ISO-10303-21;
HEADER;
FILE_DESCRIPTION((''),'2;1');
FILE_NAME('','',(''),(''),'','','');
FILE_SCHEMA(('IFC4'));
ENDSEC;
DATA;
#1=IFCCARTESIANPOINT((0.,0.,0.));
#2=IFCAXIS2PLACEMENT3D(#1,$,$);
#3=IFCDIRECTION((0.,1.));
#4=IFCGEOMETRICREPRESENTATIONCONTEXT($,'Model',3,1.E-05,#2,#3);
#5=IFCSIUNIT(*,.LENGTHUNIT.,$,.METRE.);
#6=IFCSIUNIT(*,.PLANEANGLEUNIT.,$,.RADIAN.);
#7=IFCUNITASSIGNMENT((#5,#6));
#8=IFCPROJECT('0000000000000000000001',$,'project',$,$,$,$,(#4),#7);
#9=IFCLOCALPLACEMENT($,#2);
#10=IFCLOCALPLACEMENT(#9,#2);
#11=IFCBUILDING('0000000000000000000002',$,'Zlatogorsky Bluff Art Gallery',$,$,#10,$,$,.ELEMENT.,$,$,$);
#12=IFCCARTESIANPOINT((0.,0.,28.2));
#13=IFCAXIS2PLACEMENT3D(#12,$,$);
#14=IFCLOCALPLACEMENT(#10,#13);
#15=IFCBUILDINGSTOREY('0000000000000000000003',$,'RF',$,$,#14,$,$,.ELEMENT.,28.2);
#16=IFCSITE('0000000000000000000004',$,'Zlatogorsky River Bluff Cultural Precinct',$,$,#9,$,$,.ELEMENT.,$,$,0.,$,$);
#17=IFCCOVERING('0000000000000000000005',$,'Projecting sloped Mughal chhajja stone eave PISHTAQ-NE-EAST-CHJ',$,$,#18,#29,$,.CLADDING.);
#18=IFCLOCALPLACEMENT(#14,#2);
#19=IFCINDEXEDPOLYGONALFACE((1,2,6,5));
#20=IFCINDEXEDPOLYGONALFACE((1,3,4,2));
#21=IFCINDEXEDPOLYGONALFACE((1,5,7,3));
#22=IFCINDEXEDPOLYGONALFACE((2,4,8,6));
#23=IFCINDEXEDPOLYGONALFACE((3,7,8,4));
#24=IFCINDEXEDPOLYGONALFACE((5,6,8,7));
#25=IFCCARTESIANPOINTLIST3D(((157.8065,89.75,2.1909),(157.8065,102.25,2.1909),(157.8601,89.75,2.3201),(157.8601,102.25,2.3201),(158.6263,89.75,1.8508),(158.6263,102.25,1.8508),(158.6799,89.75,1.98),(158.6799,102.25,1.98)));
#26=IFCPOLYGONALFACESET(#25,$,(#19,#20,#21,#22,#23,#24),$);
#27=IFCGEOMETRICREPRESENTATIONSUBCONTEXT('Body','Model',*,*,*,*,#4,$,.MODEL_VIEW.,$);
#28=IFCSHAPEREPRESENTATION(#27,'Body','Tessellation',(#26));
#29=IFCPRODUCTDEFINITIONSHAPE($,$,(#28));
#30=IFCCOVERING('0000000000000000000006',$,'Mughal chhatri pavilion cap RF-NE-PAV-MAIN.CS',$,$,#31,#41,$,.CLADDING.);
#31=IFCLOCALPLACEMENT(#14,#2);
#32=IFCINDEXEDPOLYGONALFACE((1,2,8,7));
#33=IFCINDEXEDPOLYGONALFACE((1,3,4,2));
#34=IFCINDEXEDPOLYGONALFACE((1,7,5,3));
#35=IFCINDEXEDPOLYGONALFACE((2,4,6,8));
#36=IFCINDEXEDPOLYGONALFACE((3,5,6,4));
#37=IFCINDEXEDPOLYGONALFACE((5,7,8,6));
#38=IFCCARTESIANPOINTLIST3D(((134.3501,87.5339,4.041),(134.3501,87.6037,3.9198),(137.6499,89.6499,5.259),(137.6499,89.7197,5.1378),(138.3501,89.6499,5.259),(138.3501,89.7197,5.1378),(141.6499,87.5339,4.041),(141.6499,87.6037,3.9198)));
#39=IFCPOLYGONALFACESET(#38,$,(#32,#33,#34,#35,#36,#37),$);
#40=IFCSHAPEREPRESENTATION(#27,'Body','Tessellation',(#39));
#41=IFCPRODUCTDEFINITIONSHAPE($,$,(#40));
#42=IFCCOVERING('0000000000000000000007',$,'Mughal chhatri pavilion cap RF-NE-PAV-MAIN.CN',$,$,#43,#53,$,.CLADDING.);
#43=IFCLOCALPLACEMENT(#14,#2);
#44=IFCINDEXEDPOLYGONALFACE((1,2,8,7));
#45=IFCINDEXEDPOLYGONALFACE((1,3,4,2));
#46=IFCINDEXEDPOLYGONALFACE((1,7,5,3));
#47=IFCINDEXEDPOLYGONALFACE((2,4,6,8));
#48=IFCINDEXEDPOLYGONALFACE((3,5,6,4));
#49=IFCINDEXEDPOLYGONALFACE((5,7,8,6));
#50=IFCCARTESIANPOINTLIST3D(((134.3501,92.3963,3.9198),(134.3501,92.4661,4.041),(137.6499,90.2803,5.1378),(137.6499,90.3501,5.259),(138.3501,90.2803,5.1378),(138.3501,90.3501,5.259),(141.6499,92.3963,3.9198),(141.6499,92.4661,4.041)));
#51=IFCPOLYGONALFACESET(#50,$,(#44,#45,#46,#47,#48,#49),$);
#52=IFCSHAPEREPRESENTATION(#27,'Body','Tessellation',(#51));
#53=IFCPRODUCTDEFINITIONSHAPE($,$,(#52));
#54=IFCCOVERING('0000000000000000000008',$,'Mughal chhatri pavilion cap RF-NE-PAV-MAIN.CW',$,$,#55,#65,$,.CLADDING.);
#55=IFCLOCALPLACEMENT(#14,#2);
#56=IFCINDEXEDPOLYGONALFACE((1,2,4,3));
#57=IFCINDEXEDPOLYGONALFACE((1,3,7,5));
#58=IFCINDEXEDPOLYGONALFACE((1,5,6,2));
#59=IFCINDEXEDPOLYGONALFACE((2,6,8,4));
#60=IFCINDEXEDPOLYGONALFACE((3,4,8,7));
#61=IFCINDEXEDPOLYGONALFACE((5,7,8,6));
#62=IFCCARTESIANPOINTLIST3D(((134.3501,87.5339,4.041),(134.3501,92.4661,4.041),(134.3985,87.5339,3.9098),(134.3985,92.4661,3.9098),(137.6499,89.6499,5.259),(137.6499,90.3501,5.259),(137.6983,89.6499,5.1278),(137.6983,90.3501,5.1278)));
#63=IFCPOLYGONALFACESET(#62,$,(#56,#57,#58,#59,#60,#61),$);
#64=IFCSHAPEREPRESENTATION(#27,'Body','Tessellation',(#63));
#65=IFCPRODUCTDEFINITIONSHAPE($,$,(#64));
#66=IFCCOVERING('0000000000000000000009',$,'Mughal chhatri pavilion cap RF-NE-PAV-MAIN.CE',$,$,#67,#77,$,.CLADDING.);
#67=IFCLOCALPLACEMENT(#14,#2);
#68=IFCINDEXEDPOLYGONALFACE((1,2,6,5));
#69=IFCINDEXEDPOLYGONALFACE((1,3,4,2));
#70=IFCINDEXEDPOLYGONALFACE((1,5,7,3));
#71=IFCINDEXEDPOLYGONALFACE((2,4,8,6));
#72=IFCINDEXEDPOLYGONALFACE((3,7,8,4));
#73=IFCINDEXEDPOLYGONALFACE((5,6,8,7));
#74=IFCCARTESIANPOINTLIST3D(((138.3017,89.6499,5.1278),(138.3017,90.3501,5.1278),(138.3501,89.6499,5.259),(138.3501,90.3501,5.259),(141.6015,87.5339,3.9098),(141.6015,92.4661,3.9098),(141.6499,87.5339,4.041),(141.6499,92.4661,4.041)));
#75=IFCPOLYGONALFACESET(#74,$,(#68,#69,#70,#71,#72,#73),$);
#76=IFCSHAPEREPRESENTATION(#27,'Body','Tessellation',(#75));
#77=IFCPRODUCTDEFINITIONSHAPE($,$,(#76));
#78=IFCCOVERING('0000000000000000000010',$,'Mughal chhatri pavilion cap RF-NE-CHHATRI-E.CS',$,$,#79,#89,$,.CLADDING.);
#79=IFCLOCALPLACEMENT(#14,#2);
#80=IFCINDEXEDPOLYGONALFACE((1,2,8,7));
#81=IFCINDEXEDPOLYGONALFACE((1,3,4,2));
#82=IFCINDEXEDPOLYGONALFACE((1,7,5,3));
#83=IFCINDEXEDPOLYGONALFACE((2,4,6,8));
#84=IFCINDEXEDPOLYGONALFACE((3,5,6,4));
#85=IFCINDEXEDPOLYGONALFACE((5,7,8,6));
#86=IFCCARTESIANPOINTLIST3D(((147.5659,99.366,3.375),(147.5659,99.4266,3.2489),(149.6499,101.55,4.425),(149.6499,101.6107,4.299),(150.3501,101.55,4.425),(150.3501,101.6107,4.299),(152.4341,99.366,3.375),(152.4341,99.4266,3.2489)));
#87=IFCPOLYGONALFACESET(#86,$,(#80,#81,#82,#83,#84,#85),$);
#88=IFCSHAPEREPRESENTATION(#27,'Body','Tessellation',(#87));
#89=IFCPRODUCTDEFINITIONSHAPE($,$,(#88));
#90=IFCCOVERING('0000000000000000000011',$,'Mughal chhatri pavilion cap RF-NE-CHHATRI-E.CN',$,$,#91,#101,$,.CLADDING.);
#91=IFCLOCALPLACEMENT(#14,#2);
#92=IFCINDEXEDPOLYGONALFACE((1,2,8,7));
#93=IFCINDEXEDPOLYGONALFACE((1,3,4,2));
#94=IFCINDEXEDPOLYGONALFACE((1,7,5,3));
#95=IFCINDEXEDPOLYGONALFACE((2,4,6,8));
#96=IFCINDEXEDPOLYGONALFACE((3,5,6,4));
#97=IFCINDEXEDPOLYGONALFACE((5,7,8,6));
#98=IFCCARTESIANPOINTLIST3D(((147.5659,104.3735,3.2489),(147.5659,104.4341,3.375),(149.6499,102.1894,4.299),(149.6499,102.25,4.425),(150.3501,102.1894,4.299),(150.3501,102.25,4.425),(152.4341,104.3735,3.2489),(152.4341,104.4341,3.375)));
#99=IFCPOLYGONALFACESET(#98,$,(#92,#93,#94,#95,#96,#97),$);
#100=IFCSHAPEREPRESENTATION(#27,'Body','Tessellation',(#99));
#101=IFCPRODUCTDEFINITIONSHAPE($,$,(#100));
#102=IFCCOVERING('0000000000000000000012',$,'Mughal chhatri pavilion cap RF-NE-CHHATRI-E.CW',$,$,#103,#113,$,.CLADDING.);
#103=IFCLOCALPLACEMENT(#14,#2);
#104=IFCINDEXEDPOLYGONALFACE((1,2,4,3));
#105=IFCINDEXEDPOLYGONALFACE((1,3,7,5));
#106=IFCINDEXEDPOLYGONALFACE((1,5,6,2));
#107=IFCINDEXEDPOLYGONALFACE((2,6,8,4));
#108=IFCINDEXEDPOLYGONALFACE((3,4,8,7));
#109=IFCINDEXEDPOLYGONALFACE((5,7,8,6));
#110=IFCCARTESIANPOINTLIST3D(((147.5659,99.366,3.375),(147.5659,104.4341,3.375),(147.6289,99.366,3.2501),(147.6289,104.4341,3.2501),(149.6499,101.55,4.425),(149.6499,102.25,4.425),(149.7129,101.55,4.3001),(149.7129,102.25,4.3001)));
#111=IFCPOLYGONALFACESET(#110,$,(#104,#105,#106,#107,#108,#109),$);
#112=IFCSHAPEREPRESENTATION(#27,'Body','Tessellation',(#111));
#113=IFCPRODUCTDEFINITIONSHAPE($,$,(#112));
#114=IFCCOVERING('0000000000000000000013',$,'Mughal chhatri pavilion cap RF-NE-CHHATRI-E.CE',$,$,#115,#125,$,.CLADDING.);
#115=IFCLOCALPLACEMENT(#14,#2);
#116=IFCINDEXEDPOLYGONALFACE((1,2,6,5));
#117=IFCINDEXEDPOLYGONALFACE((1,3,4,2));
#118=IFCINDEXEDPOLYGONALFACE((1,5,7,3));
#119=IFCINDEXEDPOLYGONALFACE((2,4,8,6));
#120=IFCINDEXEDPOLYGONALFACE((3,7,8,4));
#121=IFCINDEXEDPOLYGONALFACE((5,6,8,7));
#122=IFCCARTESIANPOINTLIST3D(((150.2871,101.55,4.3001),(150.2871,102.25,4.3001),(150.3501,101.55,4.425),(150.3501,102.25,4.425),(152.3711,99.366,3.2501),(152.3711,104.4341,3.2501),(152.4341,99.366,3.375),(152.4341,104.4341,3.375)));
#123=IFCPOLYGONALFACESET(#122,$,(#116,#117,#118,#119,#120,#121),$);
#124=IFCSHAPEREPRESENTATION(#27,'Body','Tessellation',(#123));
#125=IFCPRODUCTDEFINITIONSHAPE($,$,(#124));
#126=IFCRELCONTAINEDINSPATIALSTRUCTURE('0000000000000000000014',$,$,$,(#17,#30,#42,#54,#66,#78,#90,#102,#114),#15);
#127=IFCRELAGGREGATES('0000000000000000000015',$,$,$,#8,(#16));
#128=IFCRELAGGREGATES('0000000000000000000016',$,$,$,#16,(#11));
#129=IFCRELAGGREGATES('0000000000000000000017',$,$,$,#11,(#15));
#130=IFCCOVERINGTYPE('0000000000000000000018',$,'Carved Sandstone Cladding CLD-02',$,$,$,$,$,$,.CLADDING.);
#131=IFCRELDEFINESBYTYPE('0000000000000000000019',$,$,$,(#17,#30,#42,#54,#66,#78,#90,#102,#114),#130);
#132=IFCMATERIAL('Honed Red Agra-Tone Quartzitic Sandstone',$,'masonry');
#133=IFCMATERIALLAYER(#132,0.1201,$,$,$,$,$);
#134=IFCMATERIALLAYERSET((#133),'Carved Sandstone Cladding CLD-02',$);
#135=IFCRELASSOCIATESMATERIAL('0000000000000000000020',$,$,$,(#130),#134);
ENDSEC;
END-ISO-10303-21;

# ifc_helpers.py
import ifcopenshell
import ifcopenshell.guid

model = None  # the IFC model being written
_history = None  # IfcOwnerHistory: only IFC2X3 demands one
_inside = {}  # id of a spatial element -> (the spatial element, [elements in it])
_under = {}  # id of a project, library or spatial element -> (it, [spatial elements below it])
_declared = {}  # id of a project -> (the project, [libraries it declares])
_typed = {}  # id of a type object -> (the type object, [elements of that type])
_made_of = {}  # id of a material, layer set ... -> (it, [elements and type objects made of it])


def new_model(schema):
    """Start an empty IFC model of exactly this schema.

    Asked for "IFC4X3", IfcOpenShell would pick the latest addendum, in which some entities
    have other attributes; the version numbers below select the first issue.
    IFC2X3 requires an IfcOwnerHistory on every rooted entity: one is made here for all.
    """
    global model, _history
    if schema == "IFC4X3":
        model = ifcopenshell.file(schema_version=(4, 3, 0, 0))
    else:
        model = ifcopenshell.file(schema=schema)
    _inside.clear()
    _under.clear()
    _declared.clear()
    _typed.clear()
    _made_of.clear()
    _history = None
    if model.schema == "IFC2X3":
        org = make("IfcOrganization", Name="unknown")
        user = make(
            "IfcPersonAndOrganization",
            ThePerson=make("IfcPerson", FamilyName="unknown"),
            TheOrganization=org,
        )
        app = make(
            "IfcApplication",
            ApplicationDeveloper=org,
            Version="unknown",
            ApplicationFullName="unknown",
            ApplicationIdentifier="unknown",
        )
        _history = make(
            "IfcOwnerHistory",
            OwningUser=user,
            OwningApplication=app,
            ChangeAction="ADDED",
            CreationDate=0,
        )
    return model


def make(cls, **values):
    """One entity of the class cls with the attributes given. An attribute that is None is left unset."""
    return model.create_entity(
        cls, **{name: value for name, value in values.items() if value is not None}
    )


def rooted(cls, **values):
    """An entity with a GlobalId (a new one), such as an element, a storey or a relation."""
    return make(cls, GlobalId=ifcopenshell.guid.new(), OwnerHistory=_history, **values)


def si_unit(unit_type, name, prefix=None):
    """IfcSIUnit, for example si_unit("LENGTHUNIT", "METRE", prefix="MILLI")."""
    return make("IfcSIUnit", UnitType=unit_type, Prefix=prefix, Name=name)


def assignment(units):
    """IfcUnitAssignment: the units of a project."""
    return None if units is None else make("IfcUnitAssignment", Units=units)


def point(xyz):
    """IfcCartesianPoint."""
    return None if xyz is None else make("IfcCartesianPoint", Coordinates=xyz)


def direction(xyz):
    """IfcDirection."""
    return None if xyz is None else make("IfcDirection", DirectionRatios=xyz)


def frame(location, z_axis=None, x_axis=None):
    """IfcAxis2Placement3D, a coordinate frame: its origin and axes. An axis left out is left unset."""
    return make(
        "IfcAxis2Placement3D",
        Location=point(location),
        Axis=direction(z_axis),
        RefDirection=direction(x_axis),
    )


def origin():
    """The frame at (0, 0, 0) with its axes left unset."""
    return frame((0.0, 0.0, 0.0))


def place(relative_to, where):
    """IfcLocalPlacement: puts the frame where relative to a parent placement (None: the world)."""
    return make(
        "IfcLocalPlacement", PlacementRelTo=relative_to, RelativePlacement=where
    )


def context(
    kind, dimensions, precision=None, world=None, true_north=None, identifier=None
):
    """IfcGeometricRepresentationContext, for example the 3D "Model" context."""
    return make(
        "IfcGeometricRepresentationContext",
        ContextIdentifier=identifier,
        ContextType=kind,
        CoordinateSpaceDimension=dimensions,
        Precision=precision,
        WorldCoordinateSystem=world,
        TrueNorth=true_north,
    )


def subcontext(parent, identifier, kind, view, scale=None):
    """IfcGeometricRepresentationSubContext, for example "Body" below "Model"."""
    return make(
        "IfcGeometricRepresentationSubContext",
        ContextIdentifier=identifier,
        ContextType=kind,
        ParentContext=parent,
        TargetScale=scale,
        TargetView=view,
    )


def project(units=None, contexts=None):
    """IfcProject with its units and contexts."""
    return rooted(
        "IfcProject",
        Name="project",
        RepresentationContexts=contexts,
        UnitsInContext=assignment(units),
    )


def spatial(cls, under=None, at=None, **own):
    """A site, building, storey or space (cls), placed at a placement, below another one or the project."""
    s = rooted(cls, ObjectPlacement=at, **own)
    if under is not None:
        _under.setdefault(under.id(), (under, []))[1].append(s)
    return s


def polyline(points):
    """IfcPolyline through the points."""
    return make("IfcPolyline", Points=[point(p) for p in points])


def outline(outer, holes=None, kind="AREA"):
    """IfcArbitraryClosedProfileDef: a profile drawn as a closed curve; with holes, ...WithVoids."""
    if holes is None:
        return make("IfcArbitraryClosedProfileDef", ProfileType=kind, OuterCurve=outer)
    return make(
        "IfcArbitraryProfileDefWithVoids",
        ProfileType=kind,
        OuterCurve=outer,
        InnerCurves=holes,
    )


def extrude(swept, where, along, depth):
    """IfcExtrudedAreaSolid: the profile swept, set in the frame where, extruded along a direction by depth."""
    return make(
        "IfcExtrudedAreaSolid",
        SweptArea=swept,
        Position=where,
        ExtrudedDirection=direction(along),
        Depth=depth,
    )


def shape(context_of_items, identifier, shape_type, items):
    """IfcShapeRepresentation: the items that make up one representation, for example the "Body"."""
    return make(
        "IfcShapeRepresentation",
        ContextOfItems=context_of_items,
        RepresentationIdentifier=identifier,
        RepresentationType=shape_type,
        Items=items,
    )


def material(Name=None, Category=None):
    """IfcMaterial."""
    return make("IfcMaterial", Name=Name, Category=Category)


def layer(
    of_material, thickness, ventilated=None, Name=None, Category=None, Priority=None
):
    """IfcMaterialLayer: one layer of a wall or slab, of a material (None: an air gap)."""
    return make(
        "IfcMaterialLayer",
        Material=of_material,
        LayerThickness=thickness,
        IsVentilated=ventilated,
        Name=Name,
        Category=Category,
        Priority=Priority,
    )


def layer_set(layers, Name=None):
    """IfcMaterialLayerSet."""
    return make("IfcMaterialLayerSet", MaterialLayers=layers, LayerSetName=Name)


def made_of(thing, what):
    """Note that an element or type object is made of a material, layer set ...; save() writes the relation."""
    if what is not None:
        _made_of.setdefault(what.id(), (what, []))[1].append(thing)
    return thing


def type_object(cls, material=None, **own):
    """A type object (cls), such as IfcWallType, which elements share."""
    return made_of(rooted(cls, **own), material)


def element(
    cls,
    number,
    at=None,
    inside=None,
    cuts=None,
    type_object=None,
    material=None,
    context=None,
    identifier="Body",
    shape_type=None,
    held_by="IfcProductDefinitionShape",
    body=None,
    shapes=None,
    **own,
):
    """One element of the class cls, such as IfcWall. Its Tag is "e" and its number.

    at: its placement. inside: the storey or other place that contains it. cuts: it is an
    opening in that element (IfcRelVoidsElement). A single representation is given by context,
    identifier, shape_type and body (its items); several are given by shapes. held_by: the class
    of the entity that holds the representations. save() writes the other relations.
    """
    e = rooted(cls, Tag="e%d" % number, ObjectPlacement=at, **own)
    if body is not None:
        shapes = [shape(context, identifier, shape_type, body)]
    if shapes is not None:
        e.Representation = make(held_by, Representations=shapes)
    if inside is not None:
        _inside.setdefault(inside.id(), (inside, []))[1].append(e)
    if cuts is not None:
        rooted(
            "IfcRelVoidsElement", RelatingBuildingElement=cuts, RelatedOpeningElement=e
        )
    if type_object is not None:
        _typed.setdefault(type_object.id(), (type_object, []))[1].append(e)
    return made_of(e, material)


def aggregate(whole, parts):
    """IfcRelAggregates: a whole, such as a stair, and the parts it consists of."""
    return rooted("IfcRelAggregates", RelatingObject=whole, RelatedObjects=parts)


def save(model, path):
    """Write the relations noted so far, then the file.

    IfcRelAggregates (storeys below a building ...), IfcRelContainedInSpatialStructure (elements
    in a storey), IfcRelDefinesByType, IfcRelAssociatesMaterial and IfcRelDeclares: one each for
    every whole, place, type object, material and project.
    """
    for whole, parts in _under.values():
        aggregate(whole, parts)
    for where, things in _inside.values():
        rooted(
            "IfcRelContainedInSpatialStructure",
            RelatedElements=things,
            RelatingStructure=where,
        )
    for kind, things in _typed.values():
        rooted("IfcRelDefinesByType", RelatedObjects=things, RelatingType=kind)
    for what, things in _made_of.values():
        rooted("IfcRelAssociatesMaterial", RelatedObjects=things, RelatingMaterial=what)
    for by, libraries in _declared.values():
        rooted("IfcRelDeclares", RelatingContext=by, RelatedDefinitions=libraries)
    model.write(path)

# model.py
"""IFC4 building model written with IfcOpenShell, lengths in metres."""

from ifc_helpers import new_model, si_unit, direction, frame, origin, place, context, subcontext, project, spatial, polyline, outline, extrude, material, layer, layer_set, type_object, element, save


model = new_model("IFC4")

# Units and contexts
model_context = context("Model", 3, precision=1e-05, world=origin(), true_north=direction((0.0, 1.0)))
body_context = subcontext(model_context, "Body", "Model", "MODEL_VIEW")
ifc_project = project(units=[si_unit("LENGTHUNIT", "METRE"), si_unit("PLANEANGLEUNIT", "RADIAN")], contexts=[model_context])

# Site, building, storey
site_placement = place(None, origin())
site = spatial("IfcSite", under=ifc_project, at=site_placement, Name="Zlatogorsky River Bluff Cultural Precinct", CompositionType="ELEMENT", RefElevation=0.0)
building_placement = place(site_placement, origin())
building = spatial("IfcBuilding", under=site, at=building_placement, Name="Zlatogorsky Bluff Art Gallery", CompositionType="ELEMENT")
storey_placement = place(building_placement, frame((0.0, 0.0, 28.2)))
storey = spatial("IfcBuildingStorey", under=building, at=storey_placement, Name="RF", CompositionType="ELEMENT", Elevation=28.2)

# Coverings
ifc_material_1 = material(Name="Honed Red Agra-Tone Quartzitic Sandstone", Category="masonry")
ifc_layer_1 = layer(ifc_material_1, 0.1201)
ifc_layer_set_1 = layer_set([ifc_layer_1], Name="Carved Sandstone Cladding CLD-02")
covering_type = type_object("IfcCoveringType", Name="Carved Sandstone Cladding CLD-02", PredefinedType="CLADDING", material=ifc_layer_set_1)
covering_placement = place(storey_placement, frame((157.8601, 102.25, 2.3201), z_axis=(0.38317, 0.0, 0.923678), x_axis=(0.0, -1.0, 0.0)))
element("IfcCovering", 1, at=covering_placement, inside=storey, type_object=covering_type, Name="Projecting sloped Mughal chhajja stone eave PISHTAQ-NE-EAST-CHJ", PredefinedType="CLADDING", context=body_context, shape_type="SweptSolid", body=[
    extrude(outline(polyline([(0.0, 0.0), (12.5, 0.0), (12.5, 0.8876), (0.0, 0.8876), (0.0, 0.0)])), origin(), (0.0, 0.0, -1.0), 0.1399),
])
for number, where, z_axis, x_axis, name in (
    (2, (134.3501, 87.5339, 4.041), (0.0, -0.498883, 0.86667), (1.0, 0.0, 0.0), "Mughal chhatri pavilion cap RF-NE-PAV-MAIN.CS"),
    (3, (141.6499, 92.4661, 4.041), (0.0, 0.498883, 0.86667), (-1.0, 0.0, 0.0), "Mughal chhatri pavilion cap RF-NE-PAV-MAIN.CN"),
):
    element("IfcCovering", number, at=place(storey_placement, frame(where, z_axis=z_axis, x_axis=x_axis)), inside=storey, type_object=covering_type, Name=name, PredefinedType="CLADDING", context=body_context, shape_type="SweptSolid", body=[
        extrude(outline(polyline([(0.0, 0.0), (7.2998, 0.0), (4.0, 2.4415), (3.2998, 2.4415), (0.0, 0.0)])), origin(), (0.0, 0.0, -1.0), 0.1399),
    ])
for number, where, z_axis, x_axis, name in (
    (4, (134.3501, 92.4661, 4.041), (-0.346281, 0.0, 0.938131), (0.0, -1.0, 0.0), "Mughal chhatri pavilion cap RF-NE-PAV-MAIN.CW"),
    (5, (141.6499, 87.5339, 4.041), (0.346281, 0.0, 0.938131), (0.0, 1.0, 0.0), "Mughal chhatri pavilion cap RF-NE-PAV-MAIN.CE"),
):
    element("IfcCovering", number, at=place(storey_placement, frame(where, z_axis=z_axis, x_axis=x_axis)), inside=storey, type_object=covering_type, Name=name, PredefinedType="CLADDING", context=body_context, shape_type="SweptSolid", body=[
        extrude(outline(polyline([(0.0, 0.0), (4.9321, 0.0), (2.8162, 3.5174), (2.116, 3.5174), (0.0, 0.0)])), origin(), (0.0, 0.0, -1.0), 0.1399),
    ])
for number, where, z_axis, x_axis, name in (
    (6, (147.5659, 99.366, 3.375), (0.0, -0.433298, 0.901251), (1.0, 0.0, 0.0), "Mughal chhatri pavilion cap RF-NE-CHHATRI-E.CS"),
    (7, (152.4341, 104.4341, 3.375), (0.0, 0.433298, 0.901251), (-1.0, 0.0, 0.0), "Mughal chhatri pavilion cap RF-NE-CHHATRI-E.CN"),
):
    element("IfcCovering", number, at=place(storey_placement, frame(where, z_axis=z_axis, x_axis=x_axis)), inside=storey, type_object=covering_type, Name=name, PredefinedType="CLADDING", context=body_context, shape_type="SweptSolid", body=[
        extrude(outline(polyline([(0.0, 0.0), (4.8682, 0.0), (2.7842, 2.4234), (2.084, 2.4234), (0.0, 0.0)])), origin(), (0.0, 0.0, -1.0), 0.1399),
    ])
for number, where, z_axis, x_axis, name in (
    (8, (147.5659, 104.4341, 3.375), (-0.449973, 0.0, 0.893042), (0.0, -1.0, 0.0), "Mughal chhatri pavilion cap RF-NE-CHHATRI-E.CW"),
    (9, (152.4341, 99.366, 3.375), (0.449973, 0.0, 0.893042), (0.0, 1.0, 0.0), "Mughal chhatri pavilion cap RF-NE-CHHATRI-E.CE"),
):
    element("IfcCovering", number, at=place(storey_placement, frame(where, z_axis=z_axis, x_axis=x_axis)), inside=storey, type_object=covering_type, Name=name, PredefinedType="CLADDING", context=body_context, shape_type="SweptSolid", body=[
        extrude(outline(polyline([(0.0, 0.0), (5.0681, 0.0), (2.884, 2.3336), (2.1841, 2.3336), (0.0, 0.0)])), origin(), (0.0, 0.0, -1.0), 0.1399),
    ])

save(model, "model.ifc")
